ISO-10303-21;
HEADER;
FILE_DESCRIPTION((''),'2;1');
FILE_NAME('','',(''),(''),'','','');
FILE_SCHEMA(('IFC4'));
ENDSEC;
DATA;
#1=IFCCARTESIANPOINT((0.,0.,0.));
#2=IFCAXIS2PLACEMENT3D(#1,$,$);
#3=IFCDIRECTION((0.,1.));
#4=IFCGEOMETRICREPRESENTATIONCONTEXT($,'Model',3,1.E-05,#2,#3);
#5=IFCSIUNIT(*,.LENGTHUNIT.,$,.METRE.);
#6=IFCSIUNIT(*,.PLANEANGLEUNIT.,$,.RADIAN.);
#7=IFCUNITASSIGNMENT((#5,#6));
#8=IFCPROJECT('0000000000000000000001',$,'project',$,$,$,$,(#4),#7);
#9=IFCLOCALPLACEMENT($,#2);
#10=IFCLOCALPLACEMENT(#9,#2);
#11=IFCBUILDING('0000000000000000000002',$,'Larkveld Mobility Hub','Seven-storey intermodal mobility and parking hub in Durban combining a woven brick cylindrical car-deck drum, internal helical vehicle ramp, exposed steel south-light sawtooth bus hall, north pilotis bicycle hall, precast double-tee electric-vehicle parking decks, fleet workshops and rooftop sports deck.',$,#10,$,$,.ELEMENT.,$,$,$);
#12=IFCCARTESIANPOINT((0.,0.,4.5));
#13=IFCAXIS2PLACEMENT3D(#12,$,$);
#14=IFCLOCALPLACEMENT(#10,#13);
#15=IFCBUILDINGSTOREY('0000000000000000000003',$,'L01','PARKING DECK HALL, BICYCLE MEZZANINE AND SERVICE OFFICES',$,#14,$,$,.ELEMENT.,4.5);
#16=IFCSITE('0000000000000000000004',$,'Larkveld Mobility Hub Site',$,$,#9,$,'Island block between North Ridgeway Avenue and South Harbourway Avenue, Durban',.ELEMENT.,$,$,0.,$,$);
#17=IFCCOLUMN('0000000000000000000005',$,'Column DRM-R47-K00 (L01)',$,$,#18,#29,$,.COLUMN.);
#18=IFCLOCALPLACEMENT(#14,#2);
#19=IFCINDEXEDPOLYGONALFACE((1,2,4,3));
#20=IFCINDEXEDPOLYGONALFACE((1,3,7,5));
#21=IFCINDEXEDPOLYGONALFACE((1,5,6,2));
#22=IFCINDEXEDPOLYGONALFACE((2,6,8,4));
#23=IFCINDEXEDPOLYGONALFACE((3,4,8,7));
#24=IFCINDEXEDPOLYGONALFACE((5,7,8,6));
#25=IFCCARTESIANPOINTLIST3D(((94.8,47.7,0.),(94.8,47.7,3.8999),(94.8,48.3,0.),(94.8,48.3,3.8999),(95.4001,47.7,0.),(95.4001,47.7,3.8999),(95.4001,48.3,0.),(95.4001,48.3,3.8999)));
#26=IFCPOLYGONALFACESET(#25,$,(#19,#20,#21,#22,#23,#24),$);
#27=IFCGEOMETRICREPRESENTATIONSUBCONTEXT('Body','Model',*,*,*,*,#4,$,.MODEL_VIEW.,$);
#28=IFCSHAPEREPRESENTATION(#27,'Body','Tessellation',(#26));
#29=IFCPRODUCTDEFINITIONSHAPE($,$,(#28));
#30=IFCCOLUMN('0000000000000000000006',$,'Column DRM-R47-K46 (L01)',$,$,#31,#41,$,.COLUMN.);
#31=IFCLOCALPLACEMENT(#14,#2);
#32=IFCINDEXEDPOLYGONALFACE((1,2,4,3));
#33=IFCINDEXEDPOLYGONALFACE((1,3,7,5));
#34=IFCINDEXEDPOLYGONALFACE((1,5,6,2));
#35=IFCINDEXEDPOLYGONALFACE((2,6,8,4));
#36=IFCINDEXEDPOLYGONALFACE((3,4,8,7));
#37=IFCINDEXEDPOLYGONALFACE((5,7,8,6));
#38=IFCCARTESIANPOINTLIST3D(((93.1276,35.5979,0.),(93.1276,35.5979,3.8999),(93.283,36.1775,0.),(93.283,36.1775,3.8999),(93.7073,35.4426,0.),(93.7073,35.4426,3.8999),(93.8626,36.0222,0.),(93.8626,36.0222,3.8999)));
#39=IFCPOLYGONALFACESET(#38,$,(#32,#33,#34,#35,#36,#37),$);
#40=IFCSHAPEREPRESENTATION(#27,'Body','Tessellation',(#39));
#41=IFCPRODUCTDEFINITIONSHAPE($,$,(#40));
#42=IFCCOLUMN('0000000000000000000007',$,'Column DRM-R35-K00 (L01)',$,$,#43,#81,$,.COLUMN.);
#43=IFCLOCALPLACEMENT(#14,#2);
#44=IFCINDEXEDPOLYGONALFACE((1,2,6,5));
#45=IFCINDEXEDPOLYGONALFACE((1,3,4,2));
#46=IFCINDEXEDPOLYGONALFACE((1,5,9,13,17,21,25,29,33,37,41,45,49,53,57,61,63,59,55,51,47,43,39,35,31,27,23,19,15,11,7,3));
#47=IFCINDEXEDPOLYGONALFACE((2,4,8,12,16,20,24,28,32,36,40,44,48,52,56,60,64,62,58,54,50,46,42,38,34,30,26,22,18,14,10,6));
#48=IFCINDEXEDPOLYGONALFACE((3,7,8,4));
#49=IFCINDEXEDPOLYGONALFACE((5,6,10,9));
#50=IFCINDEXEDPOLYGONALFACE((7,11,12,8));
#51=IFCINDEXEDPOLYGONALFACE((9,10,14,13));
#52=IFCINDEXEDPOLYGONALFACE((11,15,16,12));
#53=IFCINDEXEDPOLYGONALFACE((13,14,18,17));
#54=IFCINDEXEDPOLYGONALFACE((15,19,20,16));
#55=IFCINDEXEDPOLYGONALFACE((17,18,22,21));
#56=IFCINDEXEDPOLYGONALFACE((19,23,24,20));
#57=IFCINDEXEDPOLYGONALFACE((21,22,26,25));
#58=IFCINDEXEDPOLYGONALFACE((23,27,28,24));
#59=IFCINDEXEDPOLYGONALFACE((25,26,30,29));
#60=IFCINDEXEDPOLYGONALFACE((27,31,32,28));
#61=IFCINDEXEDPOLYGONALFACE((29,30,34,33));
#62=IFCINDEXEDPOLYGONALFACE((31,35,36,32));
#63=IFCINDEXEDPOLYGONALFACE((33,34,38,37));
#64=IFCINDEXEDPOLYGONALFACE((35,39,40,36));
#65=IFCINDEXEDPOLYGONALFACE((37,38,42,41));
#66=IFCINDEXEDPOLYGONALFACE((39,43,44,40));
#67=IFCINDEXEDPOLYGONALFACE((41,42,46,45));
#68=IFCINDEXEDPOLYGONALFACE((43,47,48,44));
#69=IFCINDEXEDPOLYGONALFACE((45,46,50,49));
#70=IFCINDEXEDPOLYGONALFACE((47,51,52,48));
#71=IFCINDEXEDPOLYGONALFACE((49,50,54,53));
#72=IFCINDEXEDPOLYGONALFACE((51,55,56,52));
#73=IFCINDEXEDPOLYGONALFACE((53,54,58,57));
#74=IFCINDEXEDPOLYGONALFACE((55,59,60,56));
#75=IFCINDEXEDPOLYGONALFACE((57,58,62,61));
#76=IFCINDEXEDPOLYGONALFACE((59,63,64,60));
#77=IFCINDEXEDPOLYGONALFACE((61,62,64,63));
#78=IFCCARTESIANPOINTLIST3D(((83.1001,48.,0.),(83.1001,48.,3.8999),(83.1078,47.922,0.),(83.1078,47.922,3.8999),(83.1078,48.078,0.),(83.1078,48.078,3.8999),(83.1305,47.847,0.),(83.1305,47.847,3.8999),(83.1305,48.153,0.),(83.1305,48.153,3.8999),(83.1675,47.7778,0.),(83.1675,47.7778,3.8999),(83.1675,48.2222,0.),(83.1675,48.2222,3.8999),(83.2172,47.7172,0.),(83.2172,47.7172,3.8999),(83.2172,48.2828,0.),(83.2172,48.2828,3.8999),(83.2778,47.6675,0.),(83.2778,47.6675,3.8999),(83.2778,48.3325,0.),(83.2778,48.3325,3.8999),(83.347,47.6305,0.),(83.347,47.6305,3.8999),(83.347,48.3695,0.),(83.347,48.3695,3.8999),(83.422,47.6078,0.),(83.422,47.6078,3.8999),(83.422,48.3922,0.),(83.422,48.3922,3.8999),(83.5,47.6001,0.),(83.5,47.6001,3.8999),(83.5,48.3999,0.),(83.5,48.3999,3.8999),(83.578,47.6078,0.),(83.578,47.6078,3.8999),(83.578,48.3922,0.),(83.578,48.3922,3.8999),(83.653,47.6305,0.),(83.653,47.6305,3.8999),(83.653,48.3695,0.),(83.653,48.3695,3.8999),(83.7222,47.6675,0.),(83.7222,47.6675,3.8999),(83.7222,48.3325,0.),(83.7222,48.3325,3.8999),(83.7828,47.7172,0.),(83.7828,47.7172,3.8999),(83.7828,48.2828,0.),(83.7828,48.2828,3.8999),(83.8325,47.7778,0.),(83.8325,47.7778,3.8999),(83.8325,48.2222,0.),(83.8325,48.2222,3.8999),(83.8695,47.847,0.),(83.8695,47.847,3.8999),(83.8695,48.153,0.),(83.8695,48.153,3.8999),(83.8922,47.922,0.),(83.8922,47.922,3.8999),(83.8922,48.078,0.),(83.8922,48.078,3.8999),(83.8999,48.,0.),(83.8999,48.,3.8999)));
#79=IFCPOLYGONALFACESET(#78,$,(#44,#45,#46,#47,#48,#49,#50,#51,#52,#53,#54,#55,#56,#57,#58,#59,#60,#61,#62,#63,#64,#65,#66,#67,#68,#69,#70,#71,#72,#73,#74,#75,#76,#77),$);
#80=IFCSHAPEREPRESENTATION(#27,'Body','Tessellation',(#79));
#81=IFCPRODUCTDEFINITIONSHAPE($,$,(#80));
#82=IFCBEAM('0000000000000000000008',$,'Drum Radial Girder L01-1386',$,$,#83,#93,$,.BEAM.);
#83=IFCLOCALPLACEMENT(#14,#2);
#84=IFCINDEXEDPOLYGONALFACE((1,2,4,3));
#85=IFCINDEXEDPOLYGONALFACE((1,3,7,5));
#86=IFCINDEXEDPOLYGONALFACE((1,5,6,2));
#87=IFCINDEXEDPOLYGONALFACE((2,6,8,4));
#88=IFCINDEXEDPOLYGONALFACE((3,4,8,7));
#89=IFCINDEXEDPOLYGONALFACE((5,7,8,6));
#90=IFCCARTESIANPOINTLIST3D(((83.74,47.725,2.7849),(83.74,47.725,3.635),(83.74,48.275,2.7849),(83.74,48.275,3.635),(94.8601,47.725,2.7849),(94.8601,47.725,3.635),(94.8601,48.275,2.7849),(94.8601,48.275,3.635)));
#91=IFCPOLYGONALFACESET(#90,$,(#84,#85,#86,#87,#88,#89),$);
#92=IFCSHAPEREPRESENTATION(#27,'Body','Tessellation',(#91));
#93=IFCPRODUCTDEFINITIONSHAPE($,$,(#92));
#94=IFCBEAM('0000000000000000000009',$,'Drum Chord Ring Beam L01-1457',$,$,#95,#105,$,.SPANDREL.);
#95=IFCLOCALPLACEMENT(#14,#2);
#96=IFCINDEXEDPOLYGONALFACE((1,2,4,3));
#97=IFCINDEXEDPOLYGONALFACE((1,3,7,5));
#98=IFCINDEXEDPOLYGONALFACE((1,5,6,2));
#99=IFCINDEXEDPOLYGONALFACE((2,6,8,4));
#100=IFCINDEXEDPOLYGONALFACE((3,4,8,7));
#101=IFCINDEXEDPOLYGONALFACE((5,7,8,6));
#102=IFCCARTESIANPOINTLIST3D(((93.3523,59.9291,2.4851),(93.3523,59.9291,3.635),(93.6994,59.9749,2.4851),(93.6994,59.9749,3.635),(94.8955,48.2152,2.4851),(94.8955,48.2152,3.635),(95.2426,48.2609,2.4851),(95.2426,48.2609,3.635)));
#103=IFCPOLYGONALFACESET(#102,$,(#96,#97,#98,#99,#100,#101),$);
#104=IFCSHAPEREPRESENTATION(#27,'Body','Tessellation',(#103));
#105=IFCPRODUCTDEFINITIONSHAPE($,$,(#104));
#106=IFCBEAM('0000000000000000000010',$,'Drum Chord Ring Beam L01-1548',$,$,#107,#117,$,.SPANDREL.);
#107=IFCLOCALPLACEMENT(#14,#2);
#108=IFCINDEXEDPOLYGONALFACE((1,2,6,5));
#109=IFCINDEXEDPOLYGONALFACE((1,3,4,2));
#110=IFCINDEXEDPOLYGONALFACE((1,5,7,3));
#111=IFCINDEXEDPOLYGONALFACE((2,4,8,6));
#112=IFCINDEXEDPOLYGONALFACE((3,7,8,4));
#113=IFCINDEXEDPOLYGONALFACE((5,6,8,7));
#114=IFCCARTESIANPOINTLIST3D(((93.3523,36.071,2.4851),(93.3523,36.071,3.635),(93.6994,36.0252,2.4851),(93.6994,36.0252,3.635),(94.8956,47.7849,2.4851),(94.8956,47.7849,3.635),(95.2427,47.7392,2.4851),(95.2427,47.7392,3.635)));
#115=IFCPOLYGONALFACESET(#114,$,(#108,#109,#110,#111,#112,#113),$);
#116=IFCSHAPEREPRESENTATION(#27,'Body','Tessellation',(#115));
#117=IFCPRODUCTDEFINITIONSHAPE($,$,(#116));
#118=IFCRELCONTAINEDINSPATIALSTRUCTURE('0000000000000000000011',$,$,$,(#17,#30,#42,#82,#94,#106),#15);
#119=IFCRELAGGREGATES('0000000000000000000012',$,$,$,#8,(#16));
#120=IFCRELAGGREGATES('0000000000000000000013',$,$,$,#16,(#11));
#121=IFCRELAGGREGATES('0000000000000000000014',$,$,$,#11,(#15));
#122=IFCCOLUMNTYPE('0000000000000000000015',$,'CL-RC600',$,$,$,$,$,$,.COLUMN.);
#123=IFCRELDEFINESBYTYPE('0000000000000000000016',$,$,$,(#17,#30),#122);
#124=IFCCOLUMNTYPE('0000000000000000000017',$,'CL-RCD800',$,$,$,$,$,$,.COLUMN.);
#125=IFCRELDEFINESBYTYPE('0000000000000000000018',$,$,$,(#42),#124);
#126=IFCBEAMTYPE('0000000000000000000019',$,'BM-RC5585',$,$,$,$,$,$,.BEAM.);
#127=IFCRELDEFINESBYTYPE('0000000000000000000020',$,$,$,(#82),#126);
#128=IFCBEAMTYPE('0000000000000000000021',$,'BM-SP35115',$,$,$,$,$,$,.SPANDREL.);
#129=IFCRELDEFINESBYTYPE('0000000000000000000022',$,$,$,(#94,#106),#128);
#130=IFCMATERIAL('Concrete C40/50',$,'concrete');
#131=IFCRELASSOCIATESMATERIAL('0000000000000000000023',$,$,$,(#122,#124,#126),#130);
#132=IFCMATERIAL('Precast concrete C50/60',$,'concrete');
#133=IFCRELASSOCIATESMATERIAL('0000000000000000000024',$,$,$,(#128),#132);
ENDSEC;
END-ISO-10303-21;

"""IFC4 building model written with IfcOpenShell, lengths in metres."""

from ifc_helpers import new_model, si_unit, direction, frame, origin, origin_2d, place, context, subcontext, project, spatial, rectangle, circle, extrude, material, material_profile, profile_set, type_object, element, save


model = new_model("IFC4")

# Units and contexts
model_context = context("Model", 3, precision=1e-05, world=origin(), true_north=direction((0.0, 1.0)))
body_context = subcontext(model_context, "Body", "Model", "MODEL_VIEW")
ifc_project = project(units=[si_unit("LENGTHUNIT", "METRE"), si_unit("PLANEANGLEUNIT", "RADIAN")], contexts=[model_context])

# Site, building, storey
site_placement = place(None, origin())
site = spatial("IfcSite", under=ifc_project, at=site_placement, Name="Larkveld Mobility Hub Site", LongName="Island block between North Ridgeway Avenue and South Harbourway Avenue, Durban", CompositionType="ELEMENT", RefElevation=0.0)
building_placement = place(site_placement, origin())
building = spatial("IfcBuilding", under=site, at=building_placement, Name="Larkveld Mobility Hub", Description="Seven-storey intermodal mobility and parking hub in Durban combining a woven brick cylindrical car-deck drum, internal helical vehicle ramp, exposed steel south-light sawtooth bus hall, north pilotis bicycle hall, precast double-tee electric-vehicle parking decks, fleet workshops and rooftop sports deck.", CompositionType="ELEMENT")
storey_placement = place(building_placement, frame((0.0, 0.0, 4.5)))
storey = spatial("IfcBuildingStorey", under=building, at=storey_placement, Name="L01", Description="PARKING DECK HALL, BICYCLE MEZZANINE AND SERVICE OFFICES", CompositionType="ELEMENT", Elevation=4.5)

# Columns
ifc_material_1 = material(Name="Concrete C40/50", Category="concrete")
ifc_material_profile_1 = material_profile(ifc_material_1, rectangle(XDim=0.6001, YDim=0.6001, at=origin_2d()), Name="RC COL 600x600")
ifc_profile_set_1 = profile_set([ifc_material_profile_1], Name="Concrete C40/50")
column_type_1 = type_object("IfcColumnType", Name="CL-RC600", PredefinedType="COLUMN", material=ifc_profile_set_1)
for number, where, z_axis, x_axis, name in (
    (1, (95.1001, 48.0, 0.0), (0.0, 0.0, 1.0), (1.0, 0.0, 0.0), "Column DRM-R47-K00 (L01)"),
    (2, (93.4951, 35.8101, 0.0), (0.0, 0.0, 1.0), (-0.965926, 0.258819, 0.0), "Column DRM-R47-K46 (L01)"),
):
    element("IfcColumn", number, at=place(storey_placement, frame(where, z_axis=z_axis, x_axis=x_axis)), inside=storey, type_object=column_type_1, Name=name, PredefinedType="COLUMN", context=body_context, shape_type="SweptSolid", body=[
        extrude(rectangle(XDim=0.6001, YDim=0.6001, at=origin_2d()), origin(), (0.0, 0.0, 1.0), 3.8999),
    ])
ifc_material_profile_2 = material_profile(ifc_material_1, circle(Radius=0.3999, at=origin_2d()), Name="RC COL D800")
ifc_profile_set_2 = profile_set([ifc_material_profile_2], Name="Concrete C40/50")
column_type_2 = type_object("IfcColumnType", Name="CL-RCD800", PredefinedType="COLUMN", material=ifc_profile_set_2)
column_placement = place(storey_placement, frame((83.5, 48.0, 0.0), z_axis=(0.0, 0.0, 1.0), x_axis=(1.0, 0.0, 0.0)))
element("IfcColumn", 3, at=column_placement, inside=storey, type_object=column_type_2, Name="Column DRM-R35-K00 (L01)", PredefinedType="COLUMN", context=body_context, shape_type="SweptSolid", body=[
    extrude(circle(Radius=0.3999, at=origin_2d()), origin(), (0.0, 0.0, 1.0), 3.8999),
])

# Beams
ifc_material_profile_3 = material_profile(ifc_material_1, rectangle(XDim=0.55, YDim=0.8501, at=origin_2d()), Name="RC BM 550x850")
ifc_profile_set_3 = profile_set([ifc_material_profile_3], Name="Concrete C40/50")
beam_type_1 = type_object("IfcBeamType", Name="BM-RC5585", PredefinedType="BEAM", material=ifc_profile_set_3)
beam_placement = place(storey_placement, frame((83.74, 48.0, 3.21), z_axis=(1.0, 0.0, 0.0), x_axis=(0.0, 1.0, 0.0)))
element("IfcBeam", 4, at=beam_placement, inside=storey, type_object=beam_type_1, Name="Drum Radial Girder L01-1386", PredefinedType="BEAM", context=body_context, shape_type="SweptSolid", body=[
    extrude(rectangle(XDim=0.55, YDim=0.8501, at=origin_2d()), origin(), (0.0, 0.0, 1.0), 11.1201),
])
ifc_material_2 = material(Name="Precast concrete C50/60", Category="concrete")
ifc_material_profile_4 = material_profile(ifc_material_2, rectangle(XDim=0.3501, YDim=1.1499, at=origin_2d()), Name="PC SP 350x1150")
ifc_profile_set_4 = profile_set([ifc_material_profile_4], Name="Precast concrete C50/60")
beam_type_2 = type_object("IfcBeamType", Name="BM-SP35115", PredefinedType="SPANDREL", material=ifc_profile_set_4)
for number, where, z_axis, x_axis, name in (
    (5, (95.0691, 48.238, 3.0601), (-0.130614, 0.991433, 0.0), (-0.991433, -0.130614, 0.0), "Drum Chord Ring Beam L01-1457"),
    (6, (93.5259, 36.0481, 3.0601), (0.130614, 0.991433, 0.0), (-0.991433, 0.130614, 0.0), "Drum Chord Ring Beam L01-1548"),
):
    element("IfcBeam", number, at=place(storey_placement, frame(where, z_axis=z_axis, x_axis=x_axis)), inside=storey, type_object=beam_type_2, Name=name, PredefinedType="SPANDREL", context=body_context, shape_type="SweptSolid", body=[
        extrude(rectangle(XDim=0.3501, YDim=1.1499, at=origin_2d()), origin(), (0.0, 0.0, 1.0), 11.8152),
    ])

save(model, "model.ifc")
